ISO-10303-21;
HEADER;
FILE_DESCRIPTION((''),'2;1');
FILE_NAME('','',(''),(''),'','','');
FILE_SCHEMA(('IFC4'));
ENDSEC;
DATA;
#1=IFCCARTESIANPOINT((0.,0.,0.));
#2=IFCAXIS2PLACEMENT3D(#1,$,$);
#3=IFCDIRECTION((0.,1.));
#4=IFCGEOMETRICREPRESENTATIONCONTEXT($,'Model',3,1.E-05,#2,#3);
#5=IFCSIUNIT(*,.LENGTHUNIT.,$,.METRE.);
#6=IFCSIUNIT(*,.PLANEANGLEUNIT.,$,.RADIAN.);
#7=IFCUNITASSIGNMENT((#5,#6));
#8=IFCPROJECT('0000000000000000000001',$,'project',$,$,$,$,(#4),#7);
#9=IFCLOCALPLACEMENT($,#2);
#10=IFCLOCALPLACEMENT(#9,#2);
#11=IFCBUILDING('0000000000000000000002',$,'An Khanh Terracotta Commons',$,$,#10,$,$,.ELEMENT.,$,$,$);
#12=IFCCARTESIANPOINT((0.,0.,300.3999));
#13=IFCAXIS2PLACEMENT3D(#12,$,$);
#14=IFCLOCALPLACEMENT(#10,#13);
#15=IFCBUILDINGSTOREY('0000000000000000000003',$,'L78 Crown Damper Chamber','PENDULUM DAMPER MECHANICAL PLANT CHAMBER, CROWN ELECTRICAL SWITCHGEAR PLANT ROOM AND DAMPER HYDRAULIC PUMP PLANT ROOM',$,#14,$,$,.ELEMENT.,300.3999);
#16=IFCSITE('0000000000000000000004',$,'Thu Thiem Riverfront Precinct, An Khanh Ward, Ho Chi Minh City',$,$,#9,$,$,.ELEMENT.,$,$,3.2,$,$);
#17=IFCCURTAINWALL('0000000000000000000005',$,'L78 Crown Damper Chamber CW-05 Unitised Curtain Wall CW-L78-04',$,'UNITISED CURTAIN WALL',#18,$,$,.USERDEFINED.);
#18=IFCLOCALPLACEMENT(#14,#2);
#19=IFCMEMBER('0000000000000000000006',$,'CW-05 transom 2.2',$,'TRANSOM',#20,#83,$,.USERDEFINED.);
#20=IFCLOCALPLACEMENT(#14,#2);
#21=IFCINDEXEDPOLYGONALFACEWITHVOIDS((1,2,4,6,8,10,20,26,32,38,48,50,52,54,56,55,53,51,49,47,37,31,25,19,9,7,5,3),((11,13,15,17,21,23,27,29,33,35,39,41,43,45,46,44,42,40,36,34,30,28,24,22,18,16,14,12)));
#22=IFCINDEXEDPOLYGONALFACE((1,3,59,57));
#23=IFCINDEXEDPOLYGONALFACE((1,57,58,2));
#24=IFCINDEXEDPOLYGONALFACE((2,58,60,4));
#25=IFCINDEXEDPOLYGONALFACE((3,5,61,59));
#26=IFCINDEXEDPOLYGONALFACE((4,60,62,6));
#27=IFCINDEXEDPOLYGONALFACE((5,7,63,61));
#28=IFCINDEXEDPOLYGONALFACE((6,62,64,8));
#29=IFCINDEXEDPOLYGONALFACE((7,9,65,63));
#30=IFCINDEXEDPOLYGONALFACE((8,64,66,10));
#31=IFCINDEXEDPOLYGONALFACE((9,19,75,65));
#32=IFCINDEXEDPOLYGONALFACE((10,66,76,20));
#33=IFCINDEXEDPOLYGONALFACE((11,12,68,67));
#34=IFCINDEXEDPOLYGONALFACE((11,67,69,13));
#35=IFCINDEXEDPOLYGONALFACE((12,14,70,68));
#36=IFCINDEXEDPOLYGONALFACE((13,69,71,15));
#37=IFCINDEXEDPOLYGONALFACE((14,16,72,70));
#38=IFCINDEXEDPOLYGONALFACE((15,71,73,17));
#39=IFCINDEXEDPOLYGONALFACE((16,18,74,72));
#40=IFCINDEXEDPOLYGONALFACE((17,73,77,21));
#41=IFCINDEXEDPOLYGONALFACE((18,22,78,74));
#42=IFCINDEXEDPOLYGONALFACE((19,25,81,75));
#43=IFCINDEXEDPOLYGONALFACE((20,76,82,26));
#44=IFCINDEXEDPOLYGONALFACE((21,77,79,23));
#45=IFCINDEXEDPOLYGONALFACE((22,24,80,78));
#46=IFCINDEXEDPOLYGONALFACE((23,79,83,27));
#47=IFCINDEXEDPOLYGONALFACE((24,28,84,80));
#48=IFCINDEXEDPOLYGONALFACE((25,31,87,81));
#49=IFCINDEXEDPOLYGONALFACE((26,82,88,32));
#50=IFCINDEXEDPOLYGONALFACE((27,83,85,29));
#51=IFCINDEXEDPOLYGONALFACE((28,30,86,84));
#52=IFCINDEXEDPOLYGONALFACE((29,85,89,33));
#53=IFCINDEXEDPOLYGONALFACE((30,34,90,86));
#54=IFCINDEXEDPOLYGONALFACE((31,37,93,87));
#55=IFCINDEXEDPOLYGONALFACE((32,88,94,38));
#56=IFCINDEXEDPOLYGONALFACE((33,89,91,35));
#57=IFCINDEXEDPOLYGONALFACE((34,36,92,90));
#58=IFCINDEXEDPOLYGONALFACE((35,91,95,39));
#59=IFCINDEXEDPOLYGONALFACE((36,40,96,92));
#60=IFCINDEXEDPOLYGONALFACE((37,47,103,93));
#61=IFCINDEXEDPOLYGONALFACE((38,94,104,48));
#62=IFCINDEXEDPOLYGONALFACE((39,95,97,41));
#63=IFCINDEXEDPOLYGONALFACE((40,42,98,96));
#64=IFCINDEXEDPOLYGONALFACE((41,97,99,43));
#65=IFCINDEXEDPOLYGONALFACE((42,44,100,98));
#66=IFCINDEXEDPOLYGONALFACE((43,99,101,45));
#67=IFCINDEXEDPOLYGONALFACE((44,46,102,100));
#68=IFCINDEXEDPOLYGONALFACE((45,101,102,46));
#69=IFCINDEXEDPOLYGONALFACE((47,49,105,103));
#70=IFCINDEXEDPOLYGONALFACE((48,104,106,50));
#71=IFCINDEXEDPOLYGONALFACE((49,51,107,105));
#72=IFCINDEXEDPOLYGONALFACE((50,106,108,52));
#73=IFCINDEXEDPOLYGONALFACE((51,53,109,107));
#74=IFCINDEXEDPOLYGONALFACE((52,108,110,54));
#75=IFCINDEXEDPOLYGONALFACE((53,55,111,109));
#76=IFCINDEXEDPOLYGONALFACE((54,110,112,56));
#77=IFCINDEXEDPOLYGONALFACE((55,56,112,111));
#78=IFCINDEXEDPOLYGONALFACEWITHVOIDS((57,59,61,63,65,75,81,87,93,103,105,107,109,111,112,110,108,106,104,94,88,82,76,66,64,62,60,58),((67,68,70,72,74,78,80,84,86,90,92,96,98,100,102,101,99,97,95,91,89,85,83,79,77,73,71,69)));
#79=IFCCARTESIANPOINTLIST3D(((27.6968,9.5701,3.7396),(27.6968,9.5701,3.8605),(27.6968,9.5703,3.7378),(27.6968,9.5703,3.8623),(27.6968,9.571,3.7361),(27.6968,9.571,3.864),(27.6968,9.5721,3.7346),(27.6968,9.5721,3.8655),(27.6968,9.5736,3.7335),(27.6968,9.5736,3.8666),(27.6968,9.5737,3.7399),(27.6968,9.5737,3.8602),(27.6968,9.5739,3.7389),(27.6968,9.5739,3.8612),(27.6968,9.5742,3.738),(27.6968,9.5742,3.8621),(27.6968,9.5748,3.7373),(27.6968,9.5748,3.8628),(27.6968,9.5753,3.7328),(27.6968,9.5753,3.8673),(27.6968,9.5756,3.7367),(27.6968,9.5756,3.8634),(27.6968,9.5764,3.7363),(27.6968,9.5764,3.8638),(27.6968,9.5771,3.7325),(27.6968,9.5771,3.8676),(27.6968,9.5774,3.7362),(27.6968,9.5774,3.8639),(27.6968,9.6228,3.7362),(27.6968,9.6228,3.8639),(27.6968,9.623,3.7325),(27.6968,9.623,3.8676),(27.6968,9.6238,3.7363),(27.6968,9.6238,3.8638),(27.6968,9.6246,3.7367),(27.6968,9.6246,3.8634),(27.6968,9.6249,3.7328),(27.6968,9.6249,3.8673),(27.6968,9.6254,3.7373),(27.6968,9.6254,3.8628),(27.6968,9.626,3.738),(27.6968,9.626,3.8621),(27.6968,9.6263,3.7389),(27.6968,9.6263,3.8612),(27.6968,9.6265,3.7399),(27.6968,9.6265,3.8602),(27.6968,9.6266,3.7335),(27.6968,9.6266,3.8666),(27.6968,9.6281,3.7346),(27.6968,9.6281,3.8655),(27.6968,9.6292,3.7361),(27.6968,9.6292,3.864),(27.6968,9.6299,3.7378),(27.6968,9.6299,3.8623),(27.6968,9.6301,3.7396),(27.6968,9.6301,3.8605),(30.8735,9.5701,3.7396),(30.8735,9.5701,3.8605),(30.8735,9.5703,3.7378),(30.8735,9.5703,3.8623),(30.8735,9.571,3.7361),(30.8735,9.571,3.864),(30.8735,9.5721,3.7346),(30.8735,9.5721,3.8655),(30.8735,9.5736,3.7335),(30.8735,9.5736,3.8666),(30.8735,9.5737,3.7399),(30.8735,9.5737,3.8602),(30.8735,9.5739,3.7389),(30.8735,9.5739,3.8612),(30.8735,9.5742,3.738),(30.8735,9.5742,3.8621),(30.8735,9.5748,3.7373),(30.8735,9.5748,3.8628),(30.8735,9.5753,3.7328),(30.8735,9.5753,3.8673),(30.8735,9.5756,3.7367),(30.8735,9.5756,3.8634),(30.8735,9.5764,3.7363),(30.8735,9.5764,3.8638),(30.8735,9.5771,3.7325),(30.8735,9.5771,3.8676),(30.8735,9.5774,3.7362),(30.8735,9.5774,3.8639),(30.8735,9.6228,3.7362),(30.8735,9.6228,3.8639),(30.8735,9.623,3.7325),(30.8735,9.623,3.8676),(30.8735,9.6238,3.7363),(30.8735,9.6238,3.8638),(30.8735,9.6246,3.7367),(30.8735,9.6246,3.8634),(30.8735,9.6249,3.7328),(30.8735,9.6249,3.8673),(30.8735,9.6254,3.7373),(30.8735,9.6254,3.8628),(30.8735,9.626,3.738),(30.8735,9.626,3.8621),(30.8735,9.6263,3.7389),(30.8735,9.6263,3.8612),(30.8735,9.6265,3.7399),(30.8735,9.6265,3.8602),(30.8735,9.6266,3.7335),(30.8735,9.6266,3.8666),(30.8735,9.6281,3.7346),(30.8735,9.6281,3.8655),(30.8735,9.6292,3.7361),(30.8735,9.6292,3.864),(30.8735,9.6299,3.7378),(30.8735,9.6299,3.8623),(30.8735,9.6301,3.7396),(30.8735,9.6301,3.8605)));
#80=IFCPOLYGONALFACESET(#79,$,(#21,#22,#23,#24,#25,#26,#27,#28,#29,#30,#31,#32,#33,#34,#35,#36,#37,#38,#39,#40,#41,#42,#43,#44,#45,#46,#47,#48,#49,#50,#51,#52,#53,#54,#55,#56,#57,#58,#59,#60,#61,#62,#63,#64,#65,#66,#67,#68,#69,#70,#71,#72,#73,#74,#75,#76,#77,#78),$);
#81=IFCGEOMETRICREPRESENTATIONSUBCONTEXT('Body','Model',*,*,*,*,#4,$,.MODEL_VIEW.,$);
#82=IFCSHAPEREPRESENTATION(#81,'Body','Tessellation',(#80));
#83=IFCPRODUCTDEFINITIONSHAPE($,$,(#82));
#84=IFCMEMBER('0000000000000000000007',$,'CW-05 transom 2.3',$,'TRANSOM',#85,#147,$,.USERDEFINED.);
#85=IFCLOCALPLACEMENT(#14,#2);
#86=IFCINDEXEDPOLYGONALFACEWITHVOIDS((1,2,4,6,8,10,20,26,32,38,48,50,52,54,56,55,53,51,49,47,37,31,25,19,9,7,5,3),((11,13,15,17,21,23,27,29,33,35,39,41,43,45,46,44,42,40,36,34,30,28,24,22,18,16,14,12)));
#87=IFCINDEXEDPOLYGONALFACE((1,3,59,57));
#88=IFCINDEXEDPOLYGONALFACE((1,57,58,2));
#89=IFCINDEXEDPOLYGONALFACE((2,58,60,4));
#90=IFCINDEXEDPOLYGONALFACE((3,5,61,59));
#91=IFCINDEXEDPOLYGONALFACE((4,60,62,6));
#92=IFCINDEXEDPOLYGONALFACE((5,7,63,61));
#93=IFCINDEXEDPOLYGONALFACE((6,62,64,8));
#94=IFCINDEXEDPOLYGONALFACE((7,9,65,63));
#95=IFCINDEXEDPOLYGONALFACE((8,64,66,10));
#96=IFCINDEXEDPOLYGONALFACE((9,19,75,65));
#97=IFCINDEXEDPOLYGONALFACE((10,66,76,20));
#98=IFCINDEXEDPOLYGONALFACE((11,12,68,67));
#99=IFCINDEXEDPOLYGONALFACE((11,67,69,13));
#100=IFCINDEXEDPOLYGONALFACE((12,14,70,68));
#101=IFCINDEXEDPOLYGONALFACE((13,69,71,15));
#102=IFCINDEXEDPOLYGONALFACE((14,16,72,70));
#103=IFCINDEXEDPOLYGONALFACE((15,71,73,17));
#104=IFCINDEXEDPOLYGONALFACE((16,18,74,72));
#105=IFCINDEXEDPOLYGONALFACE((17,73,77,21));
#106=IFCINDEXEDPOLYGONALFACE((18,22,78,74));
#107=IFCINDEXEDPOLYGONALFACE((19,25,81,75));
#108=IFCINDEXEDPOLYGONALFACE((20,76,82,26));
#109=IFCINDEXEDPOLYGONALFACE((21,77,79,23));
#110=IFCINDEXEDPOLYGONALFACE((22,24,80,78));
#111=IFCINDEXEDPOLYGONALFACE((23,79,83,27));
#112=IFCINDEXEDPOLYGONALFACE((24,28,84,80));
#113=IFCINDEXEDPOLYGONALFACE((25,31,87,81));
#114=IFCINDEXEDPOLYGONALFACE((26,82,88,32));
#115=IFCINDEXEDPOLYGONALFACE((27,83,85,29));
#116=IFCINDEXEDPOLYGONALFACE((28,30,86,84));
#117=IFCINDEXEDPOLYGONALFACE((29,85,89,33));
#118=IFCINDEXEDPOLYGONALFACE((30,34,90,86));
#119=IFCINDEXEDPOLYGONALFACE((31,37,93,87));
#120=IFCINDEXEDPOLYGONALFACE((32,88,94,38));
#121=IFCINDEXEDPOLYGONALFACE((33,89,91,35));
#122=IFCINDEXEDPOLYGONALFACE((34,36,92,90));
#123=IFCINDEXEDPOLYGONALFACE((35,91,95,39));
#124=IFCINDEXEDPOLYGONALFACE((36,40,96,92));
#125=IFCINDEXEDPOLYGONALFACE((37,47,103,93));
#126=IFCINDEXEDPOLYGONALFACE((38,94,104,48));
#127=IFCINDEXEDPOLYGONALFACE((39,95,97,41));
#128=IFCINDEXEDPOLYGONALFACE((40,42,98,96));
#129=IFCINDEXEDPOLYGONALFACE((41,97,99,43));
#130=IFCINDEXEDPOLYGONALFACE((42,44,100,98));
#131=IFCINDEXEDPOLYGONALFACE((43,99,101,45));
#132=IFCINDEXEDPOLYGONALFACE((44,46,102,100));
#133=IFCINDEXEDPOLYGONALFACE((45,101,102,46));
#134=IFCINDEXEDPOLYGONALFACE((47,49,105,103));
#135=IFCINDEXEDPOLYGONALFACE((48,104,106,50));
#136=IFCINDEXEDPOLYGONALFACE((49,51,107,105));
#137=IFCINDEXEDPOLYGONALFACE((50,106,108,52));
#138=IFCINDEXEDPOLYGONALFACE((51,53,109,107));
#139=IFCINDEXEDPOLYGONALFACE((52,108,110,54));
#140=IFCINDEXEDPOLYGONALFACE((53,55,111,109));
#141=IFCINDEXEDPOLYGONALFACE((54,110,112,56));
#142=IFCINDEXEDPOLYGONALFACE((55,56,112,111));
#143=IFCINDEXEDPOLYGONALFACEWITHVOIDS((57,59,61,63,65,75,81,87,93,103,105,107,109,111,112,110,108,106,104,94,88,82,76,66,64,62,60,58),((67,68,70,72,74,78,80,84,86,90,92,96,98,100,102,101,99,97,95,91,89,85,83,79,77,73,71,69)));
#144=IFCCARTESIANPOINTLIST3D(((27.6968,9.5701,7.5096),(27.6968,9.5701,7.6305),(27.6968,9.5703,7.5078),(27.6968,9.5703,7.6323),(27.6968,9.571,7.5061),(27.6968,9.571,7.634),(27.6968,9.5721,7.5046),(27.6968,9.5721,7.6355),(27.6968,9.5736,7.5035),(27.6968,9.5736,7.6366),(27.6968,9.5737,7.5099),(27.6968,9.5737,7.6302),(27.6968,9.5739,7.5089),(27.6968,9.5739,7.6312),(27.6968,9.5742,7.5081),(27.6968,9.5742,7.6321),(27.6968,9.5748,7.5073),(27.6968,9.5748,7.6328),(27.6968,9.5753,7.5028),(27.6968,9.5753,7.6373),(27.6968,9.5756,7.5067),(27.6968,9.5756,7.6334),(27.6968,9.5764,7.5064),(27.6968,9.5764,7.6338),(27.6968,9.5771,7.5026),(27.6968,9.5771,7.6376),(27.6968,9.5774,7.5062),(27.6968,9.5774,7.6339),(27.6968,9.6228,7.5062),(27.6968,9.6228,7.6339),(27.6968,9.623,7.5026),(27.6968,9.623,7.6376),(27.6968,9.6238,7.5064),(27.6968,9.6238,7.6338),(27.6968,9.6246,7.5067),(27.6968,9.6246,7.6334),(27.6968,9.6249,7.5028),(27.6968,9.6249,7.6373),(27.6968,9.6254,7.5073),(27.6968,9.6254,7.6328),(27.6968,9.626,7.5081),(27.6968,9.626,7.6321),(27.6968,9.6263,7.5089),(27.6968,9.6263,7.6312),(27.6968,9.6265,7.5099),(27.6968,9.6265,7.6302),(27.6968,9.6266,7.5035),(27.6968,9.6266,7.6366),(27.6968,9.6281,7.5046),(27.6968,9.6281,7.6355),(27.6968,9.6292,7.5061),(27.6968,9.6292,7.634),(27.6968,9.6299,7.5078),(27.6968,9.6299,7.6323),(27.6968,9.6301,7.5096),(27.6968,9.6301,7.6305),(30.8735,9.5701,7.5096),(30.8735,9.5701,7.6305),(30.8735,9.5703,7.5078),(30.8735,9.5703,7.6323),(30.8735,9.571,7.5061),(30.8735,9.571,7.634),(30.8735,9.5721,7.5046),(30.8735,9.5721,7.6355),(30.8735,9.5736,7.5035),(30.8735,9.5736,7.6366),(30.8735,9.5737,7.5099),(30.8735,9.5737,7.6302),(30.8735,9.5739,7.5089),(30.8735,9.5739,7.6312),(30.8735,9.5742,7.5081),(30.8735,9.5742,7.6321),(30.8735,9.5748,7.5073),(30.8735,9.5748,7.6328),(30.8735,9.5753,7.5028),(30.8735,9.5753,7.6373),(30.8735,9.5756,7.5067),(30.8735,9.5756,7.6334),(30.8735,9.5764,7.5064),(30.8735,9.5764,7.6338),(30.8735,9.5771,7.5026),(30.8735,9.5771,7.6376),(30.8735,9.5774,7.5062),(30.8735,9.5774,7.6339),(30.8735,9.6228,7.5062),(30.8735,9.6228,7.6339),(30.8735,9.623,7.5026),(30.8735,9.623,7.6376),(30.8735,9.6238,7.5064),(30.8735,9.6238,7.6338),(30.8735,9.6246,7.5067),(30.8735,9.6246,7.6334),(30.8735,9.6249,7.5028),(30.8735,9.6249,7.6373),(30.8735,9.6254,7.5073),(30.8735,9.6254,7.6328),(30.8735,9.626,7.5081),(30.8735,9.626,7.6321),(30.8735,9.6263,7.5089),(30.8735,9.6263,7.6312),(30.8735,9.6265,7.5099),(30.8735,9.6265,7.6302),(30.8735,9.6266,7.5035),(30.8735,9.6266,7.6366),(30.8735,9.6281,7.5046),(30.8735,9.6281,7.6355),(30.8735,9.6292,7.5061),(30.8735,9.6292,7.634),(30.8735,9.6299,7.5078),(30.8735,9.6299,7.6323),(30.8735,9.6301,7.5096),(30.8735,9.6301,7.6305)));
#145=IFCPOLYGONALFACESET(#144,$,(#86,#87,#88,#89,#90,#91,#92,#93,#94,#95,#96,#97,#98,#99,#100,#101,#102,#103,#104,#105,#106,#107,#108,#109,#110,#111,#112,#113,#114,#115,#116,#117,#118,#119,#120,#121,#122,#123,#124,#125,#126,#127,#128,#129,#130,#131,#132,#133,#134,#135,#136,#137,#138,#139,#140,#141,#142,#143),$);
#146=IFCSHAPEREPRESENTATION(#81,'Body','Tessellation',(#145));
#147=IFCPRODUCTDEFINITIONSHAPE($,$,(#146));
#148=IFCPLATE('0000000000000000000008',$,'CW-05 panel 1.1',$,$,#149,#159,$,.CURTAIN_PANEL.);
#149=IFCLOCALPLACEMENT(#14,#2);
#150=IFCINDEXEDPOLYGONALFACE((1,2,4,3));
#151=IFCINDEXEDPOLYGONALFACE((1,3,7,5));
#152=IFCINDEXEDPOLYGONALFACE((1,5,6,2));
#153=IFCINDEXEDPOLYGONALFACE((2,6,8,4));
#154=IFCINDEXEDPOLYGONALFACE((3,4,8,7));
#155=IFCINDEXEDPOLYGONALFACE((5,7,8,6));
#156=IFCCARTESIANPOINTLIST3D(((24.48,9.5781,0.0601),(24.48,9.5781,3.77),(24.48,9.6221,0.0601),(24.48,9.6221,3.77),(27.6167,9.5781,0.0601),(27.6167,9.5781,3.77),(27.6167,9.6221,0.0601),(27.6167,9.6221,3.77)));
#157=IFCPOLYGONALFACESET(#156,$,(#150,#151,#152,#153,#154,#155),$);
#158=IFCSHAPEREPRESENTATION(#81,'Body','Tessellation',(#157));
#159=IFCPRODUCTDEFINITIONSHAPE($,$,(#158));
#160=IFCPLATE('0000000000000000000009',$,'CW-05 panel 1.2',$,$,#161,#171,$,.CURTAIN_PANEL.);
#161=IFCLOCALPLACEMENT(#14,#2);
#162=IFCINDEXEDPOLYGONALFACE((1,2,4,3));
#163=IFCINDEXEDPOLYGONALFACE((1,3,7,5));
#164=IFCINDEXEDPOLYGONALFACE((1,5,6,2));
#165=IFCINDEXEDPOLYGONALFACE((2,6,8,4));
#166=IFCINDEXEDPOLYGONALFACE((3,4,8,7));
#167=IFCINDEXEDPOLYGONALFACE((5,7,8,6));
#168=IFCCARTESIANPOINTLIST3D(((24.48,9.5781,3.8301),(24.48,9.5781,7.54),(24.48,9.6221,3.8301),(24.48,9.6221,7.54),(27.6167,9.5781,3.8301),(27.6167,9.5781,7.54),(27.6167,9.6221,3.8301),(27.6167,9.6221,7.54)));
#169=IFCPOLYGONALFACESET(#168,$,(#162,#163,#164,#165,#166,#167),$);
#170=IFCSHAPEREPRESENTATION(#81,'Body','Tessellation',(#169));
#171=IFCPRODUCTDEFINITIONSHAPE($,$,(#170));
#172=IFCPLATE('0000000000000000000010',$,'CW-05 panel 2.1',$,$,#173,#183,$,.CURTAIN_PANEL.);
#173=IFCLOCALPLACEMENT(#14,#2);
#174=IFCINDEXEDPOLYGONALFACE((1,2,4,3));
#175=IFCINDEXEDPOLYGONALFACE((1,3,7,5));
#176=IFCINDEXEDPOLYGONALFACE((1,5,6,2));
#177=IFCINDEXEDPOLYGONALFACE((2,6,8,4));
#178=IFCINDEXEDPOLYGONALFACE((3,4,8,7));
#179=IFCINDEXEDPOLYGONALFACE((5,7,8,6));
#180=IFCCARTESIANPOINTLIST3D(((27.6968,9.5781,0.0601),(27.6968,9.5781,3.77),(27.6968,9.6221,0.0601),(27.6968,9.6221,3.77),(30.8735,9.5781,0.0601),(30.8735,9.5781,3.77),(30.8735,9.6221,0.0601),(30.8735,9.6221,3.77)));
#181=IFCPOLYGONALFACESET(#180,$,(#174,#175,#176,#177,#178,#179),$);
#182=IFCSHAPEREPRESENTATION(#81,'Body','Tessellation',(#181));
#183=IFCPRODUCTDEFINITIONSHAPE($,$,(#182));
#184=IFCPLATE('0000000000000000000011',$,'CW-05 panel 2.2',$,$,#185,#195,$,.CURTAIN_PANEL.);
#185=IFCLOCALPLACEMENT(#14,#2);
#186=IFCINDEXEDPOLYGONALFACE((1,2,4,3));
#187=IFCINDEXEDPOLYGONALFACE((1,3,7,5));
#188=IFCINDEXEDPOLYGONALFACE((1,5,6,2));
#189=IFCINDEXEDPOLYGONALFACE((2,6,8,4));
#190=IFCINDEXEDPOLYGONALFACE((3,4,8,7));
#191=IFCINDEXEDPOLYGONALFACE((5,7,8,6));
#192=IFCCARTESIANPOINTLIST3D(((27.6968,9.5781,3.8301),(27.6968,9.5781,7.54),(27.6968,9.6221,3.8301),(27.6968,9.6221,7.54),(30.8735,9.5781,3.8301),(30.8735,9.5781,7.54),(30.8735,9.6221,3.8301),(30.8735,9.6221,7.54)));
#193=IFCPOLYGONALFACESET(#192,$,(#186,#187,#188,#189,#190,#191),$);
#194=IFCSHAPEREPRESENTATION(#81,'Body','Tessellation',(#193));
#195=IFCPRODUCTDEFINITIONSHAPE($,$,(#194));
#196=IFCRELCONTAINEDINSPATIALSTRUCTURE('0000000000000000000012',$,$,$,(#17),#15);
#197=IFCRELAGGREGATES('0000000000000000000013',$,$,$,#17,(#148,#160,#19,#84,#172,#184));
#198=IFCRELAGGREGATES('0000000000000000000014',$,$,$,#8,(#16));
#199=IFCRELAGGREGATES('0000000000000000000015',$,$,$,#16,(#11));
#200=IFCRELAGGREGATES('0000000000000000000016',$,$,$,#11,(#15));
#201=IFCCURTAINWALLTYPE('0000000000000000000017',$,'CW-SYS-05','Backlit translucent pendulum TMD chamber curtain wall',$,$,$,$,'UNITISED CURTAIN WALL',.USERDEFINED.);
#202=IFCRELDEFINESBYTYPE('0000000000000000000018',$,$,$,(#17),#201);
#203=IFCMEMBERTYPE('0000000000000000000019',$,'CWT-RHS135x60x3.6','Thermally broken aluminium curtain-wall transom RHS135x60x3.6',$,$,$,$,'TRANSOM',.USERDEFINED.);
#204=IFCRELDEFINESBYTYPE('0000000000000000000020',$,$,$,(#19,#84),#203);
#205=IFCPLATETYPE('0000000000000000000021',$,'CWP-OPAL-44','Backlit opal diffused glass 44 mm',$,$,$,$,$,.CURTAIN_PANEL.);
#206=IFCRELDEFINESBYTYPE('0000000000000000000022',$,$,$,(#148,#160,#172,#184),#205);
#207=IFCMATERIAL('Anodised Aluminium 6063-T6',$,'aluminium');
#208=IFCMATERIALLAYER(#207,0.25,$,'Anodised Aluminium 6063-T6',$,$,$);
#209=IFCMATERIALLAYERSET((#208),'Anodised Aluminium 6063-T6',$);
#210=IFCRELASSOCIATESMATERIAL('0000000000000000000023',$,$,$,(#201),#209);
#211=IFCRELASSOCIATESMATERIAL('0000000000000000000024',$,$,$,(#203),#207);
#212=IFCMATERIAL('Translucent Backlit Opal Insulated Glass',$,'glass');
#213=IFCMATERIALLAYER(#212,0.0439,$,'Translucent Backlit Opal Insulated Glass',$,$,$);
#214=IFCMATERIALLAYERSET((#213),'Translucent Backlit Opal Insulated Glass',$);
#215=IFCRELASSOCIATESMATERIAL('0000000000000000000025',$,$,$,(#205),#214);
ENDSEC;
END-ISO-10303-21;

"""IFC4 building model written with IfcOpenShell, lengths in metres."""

from ifc_helpers import new_model, si_unit, direction, frame, origin, origin_2d, place, context, subcontext, project, spatial, rectangle, hollow_rectangle, extrude, material, layer, layer_set, material_profile, profile_set, type_object, element, aggregate, save


model = new_model("IFC4")

# Units and contexts
model_context = context("Model", 3, precision=1e-05, world=origin(), true_north=direction((0.0, 1.0)))
body_context = subcontext(model_context, "Body", "Model", "MODEL_VIEW")
ifc_project = project(units=[si_unit("LENGTHUNIT", "METRE"), si_unit("PLANEANGLEUNIT", "RADIAN")], contexts=[model_context])

# Site, building, storey
site_placement = place(None, origin())
site = spatial("IfcSite", under=ifc_project, at=site_placement, Name="Thu Thiem Riverfront Precinct, An Khanh Ward, Ho Chi Minh City", CompositionType="ELEMENT", RefElevation=3.2)
building_placement = place(site_placement, origin())
building = spatial("IfcBuilding", under=site, at=building_placement, Name="An Khanh Terracotta Commons", CompositionType="ELEMENT")
storey_placement = place(building_placement, frame((0.0, 0.0, 300.3999)))
storey = spatial("IfcBuildingStorey", under=building, at=storey_placement, Name="L78 Crown Damper Chamber", Description="PENDULUM DAMPER MECHANICAL PLANT CHAMBER, CROWN ELECTRICAL SWITCHGEAR PLANT ROOM AND DAMPER HYDRAULIC PUMP PLANT ROOM", CompositionType="ELEMENT", Elevation=300.3999)

# Curtain wall, members, plates
ifc_material_1 = material(Name="Anodised Aluminium 6063-T6", Category="aluminium")
ifc_layer_1 = layer(ifc_material_1, 0.25, Name="Anodised Aluminium 6063-T6")
ifc_layer_set_1 = layer_set([ifc_layer_1], Name="Anodised Aluminium 6063-T6")
curtain_wall_type = type_object("IfcCurtainWallType", Name="CW-SYS-05", Description="Backlit translucent pendulum TMD chamber curtain wall", ElementType="UNITISED CURTAIN WALL", PredefinedType="USERDEFINED", material=ifc_layer_set_1)
curtain_wall_placement = place(storey_placement, origin())
curtain_wall = element("IfcCurtainWall", 1, at=curtain_wall_placement, inside=storey, type_object=curtain_wall_type, Name="L78 Crown Damper Chamber CW-05 Unitised Curtain Wall CW-L78-04", ObjectType="UNITISED CURTAIN WALL", PredefinedType="USERDEFINED")
ifc_material_profile_1 = material_profile(ifc_material_1, hollow_rectangle(XDim=0.0601, YDim=0.135, WallThickness=0.0037, InnerFilletRadius=0.0037, OuterFilletRadius=0.0071, at=origin_2d()), Name="RHS135x60x3.6")
ifc_profile_set_1 = profile_set([ifc_material_profile_1], Name="Anodised Aluminium 6063-T6")
member_type_1 = type_object("IfcMemberType", Name="CWT-RHS135x60x3.6", Description="Thermally broken aluminium curtain-wall transom RHS135x60x3.6", ElementType="TRANSOM", PredefinedType="USERDEFINED", material=ifc_profile_set_1)
member_1_placement = place(storey_placement, frame((27.6968, 9.6001, 3.8), z_axis=(1.0, 0.0, 0.0), x_axis=(0.0, 1.0, 0.0)))
member_1 = element("IfcMember", 2, at=member_1_placement, type_object=member_type_1, Name="CW-05 transom 2.2", ObjectType="TRANSOM", PredefinedType="USERDEFINED", context=body_context, shape_type="SweptSolid", body=[
    extrude(hollow_rectangle(XDim=0.0601, YDim=0.135, WallThickness=0.0037, InnerFilletRadius=0.0037, OuterFilletRadius=0.0071, at=origin_2d()), origin(), (0.0, 0.0, 1.0), 3.1768),
])
member_2_placement = place(storey_placement, frame((27.6968, 9.6001, 7.5701), z_axis=(1.0, 0.0, 0.0), x_axis=(0.0, 1.0, 0.0)))
member_2 = element("IfcMember", 3, at=member_2_placement, type_object=member_type_1, Name="CW-05 transom 2.3", ObjectType="TRANSOM", PredefinedType="USERDEFINED", context=body_context, shape_type="SweptSolid", body=[
    extrude(hollow_rectangle(XDim=0.0601, YDim=0.135, WallThickness=0.0037, InnerFilletRadius=0.0037, OuterFilletRadius=0.0071, at=origin_2d()), origin(), (0.0, 0.0, 1.0), 3.1768),
])
ifc_material_2 = material(Name="Translucent Backlit Opal Insulated Glass", Category="glass")
ifc_layer_2 = layer(ifc_material_2, 0.0439, Name="Translucent Backlit Opal Insulated Glass")
ifc_layer_set_2 = layer_set([ifc_layer_2], Name="Translucent Backlit Opal Insulated Glass")
plate_type = type_object("IfcPlateType", Name="CWP-OPAL-44", Description="Backlit opal diffused glass 44 mm", PredefinedType="CURTAIN_PANEL", material=ifc_layer_set_2)
plate_1_placement = place(storey_placement, frame((26.0483, 9.6001, 0.0601), z_axis=(0.0, 0.0, 1.0), x_axis=(1.0, 0.0, 0.0)))
plate_1 = element("IfcPlate", 4, at=plate_1_placement, type_object=plate_type, Name="CW-05 panel 1.1", PredefinedType="CURTAIN_PANEL", context=body_context, shape_type="SweptSolid", body=[
    extrude(rectangle(XDim=3.1367, YDim=0.0439, at=origin_2d()), origin(), (0.0, 0.0, 1.0), 3.71),
])
plate_2_placement = place(storey_placement, frame((26.0483, 9.6001, 3.8301), z_axis=(0.0, 0.0, 1.0), x_axis=(1.0, 0.0, 0.0)))
plate_2 = element("IfcPlate", 5, at=plate_2_placement, type_object=plate_type, Name="CW-05 panel 1.2", PredefinedType="CURTAIN_PANEL", context=body_context, shape_type="SweptSolid", body=[
    extrude(rectangle(XDim=3.1367, YDim=0.0439, at=origin_2d()), origin(), (0.0, 0.0, 1.0), 3.71),
])
plate_3_placement = place(storey_placement, frame((29.2852, 9.6001, 0.0601), z_axis=(0.0, 0.0, 1.0), x_axis=(1.0, 0.0, 0.0)))
plate_3 = element("IfcPlate", 6, at=plate_3_placement, type_object=plate_type, Name="CW-05 panel 2.1", PredefinedType="CURTAIN_PANEL", context=body_context, shape_type="SweptSolid", body=[
    extrude(rectangle(XDim=3.1768, YDim=0.0439, at=origin_2d()), origin(), (0.0, 0.0, 1.0), 3.71),
])
plate_4_placement = place(storey_placement, frame((29.2852, 9.6001, 3.8301), z_axis=(0.0, 0.0, 1.0), x_axis=(1.0, 0.0, 0.0)))
plate_4 = element("IfcPlate", 7, at=plate_4_placement, type_object=plate_type, Name="CW-05 panel 2.2", PredefinedType="CURTAIN_PANEL", context=body_context, shape_type="SweptSolid", body=[
    extrude(rectangle(XDim=3.1768, YDim=0.0439, at=origin_2d()), origin(), (0.0, 0.0, 1.0), 3.71),
])
aggregate(curtain_wall, [plate_1, plate_2, member_1, member_2, plate_3, plate_4])

save(model, "model.ifc")
